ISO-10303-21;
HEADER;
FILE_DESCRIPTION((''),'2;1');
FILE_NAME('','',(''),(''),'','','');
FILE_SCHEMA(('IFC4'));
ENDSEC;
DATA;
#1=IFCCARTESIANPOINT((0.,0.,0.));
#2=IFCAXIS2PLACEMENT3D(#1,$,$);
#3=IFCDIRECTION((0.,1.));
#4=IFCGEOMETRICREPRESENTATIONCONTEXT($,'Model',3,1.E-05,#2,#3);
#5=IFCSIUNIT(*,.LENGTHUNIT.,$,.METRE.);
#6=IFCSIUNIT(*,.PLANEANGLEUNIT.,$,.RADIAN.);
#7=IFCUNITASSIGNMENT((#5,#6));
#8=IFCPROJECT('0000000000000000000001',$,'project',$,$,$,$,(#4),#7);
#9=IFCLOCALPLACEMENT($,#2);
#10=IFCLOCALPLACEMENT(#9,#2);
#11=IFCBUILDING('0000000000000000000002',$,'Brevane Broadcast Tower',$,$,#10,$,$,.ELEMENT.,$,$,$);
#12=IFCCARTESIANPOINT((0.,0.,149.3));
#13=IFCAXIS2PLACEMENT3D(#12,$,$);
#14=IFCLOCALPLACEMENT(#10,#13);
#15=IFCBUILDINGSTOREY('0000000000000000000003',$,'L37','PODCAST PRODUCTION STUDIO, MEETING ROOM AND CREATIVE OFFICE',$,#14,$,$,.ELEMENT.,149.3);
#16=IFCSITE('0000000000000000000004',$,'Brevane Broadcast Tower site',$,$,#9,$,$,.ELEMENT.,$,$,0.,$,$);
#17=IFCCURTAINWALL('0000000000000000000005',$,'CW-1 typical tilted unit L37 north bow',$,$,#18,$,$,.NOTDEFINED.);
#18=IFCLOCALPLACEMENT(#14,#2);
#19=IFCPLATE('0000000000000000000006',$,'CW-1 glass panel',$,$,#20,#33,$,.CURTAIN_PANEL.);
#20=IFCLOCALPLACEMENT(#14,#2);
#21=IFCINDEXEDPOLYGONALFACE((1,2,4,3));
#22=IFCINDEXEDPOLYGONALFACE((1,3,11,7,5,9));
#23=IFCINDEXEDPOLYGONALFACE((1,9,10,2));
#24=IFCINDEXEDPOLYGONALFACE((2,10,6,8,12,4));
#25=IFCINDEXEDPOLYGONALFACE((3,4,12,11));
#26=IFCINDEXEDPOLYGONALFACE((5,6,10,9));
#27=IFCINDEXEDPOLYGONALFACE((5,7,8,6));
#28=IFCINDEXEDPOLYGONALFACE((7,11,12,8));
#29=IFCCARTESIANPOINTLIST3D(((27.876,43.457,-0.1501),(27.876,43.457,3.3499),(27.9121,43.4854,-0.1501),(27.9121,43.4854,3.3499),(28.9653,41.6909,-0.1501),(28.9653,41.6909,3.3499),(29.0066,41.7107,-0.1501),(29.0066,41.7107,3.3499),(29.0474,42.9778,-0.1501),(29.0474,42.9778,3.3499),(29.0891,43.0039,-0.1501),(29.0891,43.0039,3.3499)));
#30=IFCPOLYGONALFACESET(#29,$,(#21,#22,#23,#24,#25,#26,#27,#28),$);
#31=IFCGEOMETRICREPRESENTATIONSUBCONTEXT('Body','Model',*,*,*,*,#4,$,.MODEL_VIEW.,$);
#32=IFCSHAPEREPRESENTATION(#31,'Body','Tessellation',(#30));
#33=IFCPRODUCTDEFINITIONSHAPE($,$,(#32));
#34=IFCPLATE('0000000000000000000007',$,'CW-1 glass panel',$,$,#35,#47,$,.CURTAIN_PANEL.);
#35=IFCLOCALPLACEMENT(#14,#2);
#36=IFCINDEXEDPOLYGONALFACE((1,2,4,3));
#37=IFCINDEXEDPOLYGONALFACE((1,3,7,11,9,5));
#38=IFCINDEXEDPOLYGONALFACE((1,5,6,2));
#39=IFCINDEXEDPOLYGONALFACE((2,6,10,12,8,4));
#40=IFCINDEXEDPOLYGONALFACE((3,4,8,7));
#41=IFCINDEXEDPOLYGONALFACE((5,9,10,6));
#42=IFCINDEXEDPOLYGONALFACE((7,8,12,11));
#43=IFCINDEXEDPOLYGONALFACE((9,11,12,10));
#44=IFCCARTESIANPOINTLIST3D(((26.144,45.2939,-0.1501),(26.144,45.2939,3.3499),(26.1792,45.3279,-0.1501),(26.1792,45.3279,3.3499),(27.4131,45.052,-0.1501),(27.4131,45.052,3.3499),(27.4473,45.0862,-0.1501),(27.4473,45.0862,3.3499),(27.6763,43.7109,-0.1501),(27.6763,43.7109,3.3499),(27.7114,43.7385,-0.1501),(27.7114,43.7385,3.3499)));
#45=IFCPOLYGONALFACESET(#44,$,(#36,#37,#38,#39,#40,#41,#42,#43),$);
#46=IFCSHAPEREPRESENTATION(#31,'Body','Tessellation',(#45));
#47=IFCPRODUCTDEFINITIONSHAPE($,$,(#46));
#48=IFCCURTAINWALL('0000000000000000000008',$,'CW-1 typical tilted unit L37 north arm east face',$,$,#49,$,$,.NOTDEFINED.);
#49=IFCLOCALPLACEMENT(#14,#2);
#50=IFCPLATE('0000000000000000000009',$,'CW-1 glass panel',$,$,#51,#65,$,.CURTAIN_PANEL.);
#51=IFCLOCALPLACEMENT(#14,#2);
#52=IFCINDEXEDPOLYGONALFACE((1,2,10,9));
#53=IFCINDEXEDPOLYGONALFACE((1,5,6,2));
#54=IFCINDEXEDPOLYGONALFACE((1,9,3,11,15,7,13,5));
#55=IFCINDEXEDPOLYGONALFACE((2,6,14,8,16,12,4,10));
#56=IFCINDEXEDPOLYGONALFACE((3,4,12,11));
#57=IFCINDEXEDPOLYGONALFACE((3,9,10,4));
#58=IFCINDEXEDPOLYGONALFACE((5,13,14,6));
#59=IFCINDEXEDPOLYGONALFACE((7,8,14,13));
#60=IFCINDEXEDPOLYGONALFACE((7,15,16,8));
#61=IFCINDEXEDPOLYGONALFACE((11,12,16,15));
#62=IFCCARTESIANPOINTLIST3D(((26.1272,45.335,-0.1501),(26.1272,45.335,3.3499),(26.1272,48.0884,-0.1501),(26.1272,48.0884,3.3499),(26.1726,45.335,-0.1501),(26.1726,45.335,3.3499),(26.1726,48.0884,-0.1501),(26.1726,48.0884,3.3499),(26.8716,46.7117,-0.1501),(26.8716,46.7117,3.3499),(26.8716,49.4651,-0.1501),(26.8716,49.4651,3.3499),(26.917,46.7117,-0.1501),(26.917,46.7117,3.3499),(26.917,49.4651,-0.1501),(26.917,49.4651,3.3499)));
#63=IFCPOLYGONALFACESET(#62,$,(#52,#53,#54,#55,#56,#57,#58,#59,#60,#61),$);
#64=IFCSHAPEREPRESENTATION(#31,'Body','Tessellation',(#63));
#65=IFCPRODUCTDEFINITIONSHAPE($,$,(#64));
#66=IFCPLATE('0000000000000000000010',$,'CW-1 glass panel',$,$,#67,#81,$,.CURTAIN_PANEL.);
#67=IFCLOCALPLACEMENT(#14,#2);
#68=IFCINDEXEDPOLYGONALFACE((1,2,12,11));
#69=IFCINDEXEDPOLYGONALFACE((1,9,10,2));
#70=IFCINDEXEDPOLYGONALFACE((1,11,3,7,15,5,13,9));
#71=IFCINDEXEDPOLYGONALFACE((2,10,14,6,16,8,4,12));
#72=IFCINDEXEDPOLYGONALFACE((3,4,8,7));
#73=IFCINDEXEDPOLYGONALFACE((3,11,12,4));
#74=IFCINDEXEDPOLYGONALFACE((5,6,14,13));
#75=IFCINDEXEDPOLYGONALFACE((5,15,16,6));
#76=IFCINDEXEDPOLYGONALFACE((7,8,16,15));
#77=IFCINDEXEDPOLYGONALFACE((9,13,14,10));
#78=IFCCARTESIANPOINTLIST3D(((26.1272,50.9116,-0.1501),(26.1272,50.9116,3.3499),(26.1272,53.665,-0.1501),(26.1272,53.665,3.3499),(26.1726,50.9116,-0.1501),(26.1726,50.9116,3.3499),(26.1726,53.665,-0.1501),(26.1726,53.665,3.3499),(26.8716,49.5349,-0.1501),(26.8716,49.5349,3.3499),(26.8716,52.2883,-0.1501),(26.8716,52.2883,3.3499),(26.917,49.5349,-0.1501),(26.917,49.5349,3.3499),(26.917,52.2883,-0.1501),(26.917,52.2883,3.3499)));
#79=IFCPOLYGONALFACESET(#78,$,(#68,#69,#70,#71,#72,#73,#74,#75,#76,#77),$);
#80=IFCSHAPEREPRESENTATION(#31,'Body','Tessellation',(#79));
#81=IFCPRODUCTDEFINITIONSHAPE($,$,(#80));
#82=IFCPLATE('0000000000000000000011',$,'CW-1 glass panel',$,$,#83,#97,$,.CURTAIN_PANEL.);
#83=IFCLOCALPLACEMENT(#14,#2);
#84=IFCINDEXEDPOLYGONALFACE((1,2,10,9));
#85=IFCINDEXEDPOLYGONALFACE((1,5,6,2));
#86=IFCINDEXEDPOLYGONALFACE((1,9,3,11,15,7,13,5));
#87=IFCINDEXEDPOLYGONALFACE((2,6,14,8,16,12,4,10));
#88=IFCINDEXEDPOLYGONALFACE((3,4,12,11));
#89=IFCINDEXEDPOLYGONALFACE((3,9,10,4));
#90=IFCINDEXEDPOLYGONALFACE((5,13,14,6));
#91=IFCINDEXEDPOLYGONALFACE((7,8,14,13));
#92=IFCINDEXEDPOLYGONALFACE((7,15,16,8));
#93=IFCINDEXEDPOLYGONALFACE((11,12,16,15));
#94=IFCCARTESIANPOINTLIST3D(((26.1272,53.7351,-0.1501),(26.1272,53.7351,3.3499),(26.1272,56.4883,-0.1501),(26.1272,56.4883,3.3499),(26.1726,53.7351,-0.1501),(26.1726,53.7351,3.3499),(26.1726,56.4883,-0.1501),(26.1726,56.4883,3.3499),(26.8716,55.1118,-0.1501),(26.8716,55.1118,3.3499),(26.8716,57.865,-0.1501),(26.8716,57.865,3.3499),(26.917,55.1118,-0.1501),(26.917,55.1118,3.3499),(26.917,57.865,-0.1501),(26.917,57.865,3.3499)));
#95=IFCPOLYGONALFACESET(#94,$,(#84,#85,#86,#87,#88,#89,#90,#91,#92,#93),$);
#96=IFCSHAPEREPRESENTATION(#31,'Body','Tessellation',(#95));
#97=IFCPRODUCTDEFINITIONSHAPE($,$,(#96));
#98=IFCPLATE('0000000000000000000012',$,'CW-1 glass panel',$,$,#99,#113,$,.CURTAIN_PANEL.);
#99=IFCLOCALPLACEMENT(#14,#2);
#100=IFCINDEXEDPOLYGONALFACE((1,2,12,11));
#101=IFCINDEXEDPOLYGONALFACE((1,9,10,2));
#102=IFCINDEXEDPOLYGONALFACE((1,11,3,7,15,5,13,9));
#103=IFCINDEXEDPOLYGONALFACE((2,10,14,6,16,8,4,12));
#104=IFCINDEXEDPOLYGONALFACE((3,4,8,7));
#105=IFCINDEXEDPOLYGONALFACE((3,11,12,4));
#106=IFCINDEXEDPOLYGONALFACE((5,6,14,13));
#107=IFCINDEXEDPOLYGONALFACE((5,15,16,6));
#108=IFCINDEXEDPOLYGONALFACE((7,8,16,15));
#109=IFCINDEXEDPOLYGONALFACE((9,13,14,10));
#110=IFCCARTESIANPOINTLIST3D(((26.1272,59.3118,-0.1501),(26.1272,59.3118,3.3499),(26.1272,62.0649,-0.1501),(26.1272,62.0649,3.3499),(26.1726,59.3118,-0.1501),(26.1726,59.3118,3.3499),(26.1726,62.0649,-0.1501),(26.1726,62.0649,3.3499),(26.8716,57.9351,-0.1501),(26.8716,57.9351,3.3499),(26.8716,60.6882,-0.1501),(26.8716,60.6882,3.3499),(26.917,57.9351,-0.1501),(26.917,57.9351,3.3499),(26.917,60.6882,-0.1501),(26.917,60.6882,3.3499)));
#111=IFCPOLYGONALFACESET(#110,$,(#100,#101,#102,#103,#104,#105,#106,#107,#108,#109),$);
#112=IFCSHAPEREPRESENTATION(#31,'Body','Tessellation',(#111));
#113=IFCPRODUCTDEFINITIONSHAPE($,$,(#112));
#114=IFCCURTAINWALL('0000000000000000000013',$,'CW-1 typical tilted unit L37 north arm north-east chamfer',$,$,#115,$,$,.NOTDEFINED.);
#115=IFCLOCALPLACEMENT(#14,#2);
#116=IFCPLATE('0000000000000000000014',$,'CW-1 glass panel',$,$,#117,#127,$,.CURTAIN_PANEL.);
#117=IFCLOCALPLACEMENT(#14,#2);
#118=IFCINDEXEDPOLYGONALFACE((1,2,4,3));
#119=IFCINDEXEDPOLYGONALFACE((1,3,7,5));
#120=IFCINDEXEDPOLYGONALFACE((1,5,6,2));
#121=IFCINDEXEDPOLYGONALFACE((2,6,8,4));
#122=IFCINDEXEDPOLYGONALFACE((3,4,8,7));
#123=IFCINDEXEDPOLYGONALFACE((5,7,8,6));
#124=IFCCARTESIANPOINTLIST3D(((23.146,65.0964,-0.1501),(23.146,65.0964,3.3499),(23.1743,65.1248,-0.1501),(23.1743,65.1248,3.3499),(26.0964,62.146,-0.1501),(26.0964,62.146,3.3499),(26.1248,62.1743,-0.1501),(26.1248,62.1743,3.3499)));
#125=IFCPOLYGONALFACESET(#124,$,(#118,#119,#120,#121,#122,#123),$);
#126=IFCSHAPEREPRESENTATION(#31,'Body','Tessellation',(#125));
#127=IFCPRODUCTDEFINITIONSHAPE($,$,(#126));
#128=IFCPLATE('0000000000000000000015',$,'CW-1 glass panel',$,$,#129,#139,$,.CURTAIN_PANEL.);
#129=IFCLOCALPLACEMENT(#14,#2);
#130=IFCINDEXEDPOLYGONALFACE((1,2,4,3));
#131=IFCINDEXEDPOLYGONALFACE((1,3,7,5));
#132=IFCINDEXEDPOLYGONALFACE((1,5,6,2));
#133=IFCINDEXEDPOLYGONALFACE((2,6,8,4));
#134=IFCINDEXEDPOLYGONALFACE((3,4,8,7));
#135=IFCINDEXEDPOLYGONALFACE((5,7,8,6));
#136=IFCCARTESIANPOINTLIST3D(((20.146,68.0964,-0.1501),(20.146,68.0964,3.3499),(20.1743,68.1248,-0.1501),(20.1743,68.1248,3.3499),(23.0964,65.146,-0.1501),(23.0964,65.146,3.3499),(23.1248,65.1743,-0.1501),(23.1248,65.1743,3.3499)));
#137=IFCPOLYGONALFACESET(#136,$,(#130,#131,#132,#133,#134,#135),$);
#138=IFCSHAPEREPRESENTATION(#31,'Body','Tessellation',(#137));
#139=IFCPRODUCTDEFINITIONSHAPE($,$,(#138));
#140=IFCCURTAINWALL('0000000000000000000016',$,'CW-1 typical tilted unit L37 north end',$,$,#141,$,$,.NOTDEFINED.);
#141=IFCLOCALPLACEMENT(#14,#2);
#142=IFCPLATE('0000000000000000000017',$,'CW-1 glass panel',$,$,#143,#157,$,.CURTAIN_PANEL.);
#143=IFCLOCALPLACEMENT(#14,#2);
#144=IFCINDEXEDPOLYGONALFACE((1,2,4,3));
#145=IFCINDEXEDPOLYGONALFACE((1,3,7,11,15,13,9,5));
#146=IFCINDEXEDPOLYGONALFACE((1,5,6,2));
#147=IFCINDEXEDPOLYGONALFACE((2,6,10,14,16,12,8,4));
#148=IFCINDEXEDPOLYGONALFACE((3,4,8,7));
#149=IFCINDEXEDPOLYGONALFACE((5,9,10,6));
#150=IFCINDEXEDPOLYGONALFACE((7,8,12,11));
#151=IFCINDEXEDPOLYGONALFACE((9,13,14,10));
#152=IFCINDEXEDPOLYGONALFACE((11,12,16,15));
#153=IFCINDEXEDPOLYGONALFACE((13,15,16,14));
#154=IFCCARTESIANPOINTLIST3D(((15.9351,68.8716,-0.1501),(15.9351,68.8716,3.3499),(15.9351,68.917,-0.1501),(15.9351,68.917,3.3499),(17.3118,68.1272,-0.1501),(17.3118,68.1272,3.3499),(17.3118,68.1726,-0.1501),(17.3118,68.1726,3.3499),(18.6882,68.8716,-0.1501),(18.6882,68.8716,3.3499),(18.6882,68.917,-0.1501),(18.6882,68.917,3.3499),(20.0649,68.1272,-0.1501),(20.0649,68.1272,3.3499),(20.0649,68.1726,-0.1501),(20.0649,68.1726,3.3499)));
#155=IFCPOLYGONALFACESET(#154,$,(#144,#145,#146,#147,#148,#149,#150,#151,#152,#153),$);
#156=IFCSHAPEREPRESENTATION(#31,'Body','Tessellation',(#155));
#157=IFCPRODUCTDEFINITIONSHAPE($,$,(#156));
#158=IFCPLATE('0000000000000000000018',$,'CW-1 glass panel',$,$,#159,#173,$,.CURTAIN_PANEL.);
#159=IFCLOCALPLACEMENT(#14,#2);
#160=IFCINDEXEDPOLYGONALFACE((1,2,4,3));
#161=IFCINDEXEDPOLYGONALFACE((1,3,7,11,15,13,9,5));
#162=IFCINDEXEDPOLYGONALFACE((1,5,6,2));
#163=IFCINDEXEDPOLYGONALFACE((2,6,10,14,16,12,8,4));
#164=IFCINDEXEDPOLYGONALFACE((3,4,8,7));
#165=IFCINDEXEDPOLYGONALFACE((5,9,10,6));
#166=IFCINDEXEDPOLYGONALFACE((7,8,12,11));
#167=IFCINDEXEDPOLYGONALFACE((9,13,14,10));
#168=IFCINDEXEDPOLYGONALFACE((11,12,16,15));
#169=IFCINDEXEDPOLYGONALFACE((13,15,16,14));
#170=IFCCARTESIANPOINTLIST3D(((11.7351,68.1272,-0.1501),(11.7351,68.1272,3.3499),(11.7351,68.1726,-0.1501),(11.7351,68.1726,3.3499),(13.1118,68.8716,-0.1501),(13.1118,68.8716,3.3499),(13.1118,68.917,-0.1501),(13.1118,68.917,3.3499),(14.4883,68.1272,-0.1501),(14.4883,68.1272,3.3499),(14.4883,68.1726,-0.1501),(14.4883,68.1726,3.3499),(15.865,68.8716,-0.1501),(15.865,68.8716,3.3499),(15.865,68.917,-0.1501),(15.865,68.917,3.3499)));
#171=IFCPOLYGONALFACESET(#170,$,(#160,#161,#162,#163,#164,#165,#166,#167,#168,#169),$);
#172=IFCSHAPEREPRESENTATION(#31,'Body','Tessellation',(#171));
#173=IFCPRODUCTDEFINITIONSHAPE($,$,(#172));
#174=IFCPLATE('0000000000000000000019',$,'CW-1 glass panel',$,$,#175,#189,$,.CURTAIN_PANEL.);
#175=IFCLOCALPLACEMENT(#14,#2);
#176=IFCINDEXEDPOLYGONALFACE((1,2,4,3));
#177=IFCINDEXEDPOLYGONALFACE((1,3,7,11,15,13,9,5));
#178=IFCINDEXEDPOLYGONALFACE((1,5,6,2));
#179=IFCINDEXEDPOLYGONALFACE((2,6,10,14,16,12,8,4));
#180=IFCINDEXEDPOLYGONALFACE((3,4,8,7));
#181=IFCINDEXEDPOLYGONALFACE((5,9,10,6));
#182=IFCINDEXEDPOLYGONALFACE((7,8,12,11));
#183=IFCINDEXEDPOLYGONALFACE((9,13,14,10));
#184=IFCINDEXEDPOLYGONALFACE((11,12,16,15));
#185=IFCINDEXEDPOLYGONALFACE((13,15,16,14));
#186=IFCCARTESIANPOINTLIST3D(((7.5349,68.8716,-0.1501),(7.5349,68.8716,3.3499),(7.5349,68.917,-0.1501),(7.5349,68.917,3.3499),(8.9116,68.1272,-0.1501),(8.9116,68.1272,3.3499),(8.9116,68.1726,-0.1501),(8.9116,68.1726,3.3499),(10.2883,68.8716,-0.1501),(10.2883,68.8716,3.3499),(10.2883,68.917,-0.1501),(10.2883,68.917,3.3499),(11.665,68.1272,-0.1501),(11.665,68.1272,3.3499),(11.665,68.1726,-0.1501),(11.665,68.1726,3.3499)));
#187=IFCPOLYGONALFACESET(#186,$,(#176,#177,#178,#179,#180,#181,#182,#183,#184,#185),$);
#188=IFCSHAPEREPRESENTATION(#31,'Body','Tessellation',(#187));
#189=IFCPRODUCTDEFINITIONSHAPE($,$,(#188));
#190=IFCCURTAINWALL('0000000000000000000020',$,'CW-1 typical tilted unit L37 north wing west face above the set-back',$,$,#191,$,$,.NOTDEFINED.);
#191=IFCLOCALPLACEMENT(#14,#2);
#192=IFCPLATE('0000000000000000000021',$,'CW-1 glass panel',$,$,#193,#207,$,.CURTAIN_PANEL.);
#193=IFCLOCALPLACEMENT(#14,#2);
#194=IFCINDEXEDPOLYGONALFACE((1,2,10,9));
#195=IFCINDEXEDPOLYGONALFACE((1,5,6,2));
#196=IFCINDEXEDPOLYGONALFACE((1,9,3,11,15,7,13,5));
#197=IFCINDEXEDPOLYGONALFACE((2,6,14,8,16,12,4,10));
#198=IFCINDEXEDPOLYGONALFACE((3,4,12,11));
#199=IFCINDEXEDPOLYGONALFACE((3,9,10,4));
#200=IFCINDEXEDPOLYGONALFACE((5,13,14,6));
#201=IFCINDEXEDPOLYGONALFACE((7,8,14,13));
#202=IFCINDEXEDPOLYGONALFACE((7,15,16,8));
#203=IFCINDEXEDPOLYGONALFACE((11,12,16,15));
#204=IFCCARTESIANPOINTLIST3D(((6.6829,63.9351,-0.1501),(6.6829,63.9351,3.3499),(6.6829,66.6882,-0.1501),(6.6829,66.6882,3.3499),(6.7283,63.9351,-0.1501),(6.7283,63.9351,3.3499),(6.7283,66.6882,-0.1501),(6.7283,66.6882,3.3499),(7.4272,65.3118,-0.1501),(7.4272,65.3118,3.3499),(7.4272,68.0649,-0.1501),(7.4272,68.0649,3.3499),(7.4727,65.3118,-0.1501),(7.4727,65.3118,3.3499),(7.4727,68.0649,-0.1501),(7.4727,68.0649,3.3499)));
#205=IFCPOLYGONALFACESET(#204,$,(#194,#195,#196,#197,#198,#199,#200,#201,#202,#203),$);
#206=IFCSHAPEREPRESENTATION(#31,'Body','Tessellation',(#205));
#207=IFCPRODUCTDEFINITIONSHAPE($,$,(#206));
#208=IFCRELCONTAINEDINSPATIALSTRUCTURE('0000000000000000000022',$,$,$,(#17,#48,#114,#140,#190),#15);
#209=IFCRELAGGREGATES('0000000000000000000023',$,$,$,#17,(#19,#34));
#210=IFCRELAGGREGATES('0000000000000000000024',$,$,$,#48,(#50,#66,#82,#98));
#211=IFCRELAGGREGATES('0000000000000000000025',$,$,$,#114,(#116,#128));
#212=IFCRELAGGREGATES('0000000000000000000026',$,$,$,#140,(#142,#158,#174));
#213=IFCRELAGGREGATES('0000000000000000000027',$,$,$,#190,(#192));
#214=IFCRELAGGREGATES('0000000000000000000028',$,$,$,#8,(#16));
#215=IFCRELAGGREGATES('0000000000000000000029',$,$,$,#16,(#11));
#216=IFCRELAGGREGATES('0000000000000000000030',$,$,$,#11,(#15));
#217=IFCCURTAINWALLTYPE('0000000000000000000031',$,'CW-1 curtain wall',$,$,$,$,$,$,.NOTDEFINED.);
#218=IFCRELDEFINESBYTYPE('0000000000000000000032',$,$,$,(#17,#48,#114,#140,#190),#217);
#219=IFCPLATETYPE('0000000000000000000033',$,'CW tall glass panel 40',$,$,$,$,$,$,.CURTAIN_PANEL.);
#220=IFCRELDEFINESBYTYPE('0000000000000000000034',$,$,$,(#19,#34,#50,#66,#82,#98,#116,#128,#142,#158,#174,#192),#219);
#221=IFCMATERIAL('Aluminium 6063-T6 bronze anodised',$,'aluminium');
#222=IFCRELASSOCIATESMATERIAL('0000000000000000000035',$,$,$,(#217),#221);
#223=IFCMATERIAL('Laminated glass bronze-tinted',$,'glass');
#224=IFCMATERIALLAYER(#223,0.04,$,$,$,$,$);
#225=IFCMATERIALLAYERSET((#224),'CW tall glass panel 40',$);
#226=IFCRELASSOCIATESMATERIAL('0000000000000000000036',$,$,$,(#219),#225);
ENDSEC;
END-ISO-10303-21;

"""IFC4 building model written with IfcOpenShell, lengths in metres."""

from ifc_helpers import new_model, si_unit, direction, frame, origin, place, context, subcontext, project, spatial, polyline, outline, extrude, material, layer, layer_set, type_object, element, aggregate, save


model = new_model("IFC4")

# Units and contexts
model_context = context("Model", 3, precision=1e-05, world=origin(), true_north=direction((0.0, 1.0)))
body_context = subcontext(model_context, "Body", "Model", "MODEL_VIEW")
ifc_project = project(units=[si_unit("LENGTHUNIT", "METRE"), si_unit("PLANEANGLEUNIT", "RADIAN")], contexts=[model_context])

# Site, building, storey
site_placement = place(None, origin())
site = spatial("IfcSite", under=ifc_project, at=site_placement, Name="Brevane Broadcast Tower site", CompositionType="ELEMENT", RefElevation=0.0)
building_placement = place(site_placement, origin())
building = spatial("IfcBuilding", under=site, at=building_placement, Name="Brevane Broadcast Tower", CompositionType="ELEMENT")
storey_placement = place(building_placement, frame((0.0, 0.0, 149.3)))
storey = spatial("IfcBuildingStorey", under=building, at=storey_placement, Name="L37", Description="PODCAST PRODUCTION STUDIO, MEETING ROOM AND CREATIVE OFFICE", CompositionType="ELEMENT", Elevation=149.3)

# Shared definitions
ifc_material_1 = material(Name="Aluminium 6063-T6 bronze anodised", Category="aluminium")
curtain_wall_type = type_object("IfcCurtainWallType", Name="CW-1 curtain wall", PredefinedType="NOTDEFINED", material=ifc_material_1)

# Curtain walls, plates
ifc_material_2 = material(Name="Laminated glass bronze-tinted", Category="glass")
ifc_layer = layer(ifc_material_2, 0.04)
ifc_layer_set = layer_set([ifc_layer], Name="CW tall glass panel 40")
plate_type = type_object("IfcPlateType", Name="CW tall glass panel 40", PredefinedType="CURTAIN_PANEL", material=ifc_layer_set)
curtain_wall_1_placement = place(storey_placement, origin())
curtain_wall_1 = element("IfcCurtainWall", 1, at=curtain_wall_1_placement, inside=storey, type_object=curtain_wall_type, Name="CW-1 typical tilted unit L37 north bow", PredefinedType="NOTDEFINED")
plate_1_placement = place(storey_placement, frame((0.0, 0.0, -0.1501)))
plate_1 = element("IfcPlate", 2, at=plate_1_placement, type_object=plate_type, Name="CW-1 glass panel", PredefinedType="CURTAIN_PANEL", context=body_context, shape_type="SweptSolid", body=[
    extrude(outline(polyline([(28.9653, 41.6909), (29.0066, 41.7107), (29.0891, 43.0039), (27.9121, 43.4854), (27.876, 43.457), (29.0474, 42.9778), (28.9653, 41.6909)])), origin(), (0.0, 0.0, 1.0), 3.5),
])
plate_2_placement = place(storey_placement, frame((0.0, 0.0, -0.1501)))
plate_2 = element("IfcPlate", 3, at=plate_2_placement, type_object=plate_type, Name="CW-1 glass panel", PredefinedType="CURTAIN_PANEL", context=body_context, shape_type="SweptSolid", body=[
    extrude(outline(polyline([(27.6763, 43.7109), (27.7114, 43.7385), (27.4473, 45.0862), (26.1792, 45.3279), (26.144, 45.2939), (27.4131, 45.052), (27.6763, 43.7109)])), origin(), (0.0, 0.0, 1.0), 3.5),
])
aggregate(curtain_wall_1, [plate_1, plate_2])
curtain_wall_2_placement = place(storey_placement, origin())
curtain_wall_2 = element("IfcCurtainWall", 4, at=curtain_wall_2_placement, inside=storey, type_object=curtain_wall_type, Name="CW-1 typical tilted unit L37 north arm east face", PredefinedType="NOTDEFINED")
plate_3_placement = place(storey_placement, frame((0.0, 0.0, -0.1501)))
plate_3 = element("IfcPlate", 5, at=plate_3_placement, type_object=plate_type, Name="CW-1 glass panel", PredefinedType="CURTAIN_PANEL", context=body_context, shape_type="SweptSolid", body=[
    extrude(outline(polyline([(26.1272, 45.335), (26.1726, 45.335), (26.917, 46.7117), (26.1726, 48.0884), (26.917, 49.4651), (26.8716, 49.4651), (26.1272, 48.0884), (26.8716, 46.7117), (26.1272, 45.335)])), origin(), (0.0, 0.0, 1.0), 3.5),
])
plate_4_placement = place(storey_placement, frame((0.0, 0.0, -0.1501)))
plate_4 = element("IfcPlate", 6, at=plate_4_placement, type_object=plate_type, Name="CW-1 glass panel", PredefinedType="CURTAIN_PANEL", context=body_context, shape_type="SweptSolid", body=[
    extrude(outline(polyline([(26.8716, 49.5349), (26.917, 49.5349), (26.1726, 50.9116), (26.917, 52.2883), (26.1726, 53.665), (26.1272, 53.665), (26.8716, 52.2883), (26.1272, 50.9116), (26.8716, 49.5349)])), origin(), (0.0, 0.0, 1.0), 3.5),
])
plate_5_placement = place(storey_placement, frame((0.0, 0.0, -0.1501)))
plate_5 = element("IfcPlate", 7, at=plate_5_placement, type_object=plate_type, Name="CW-1 glass panel", PredefinedType="CURTAIN_PANEL", context=body_context, shape_type="SweptSolid", body=[
    extrude(outline(polyline([(26.1272, 53.7351), (26.1726, 53.7351), (26.917, 55.1118), (26.1726, 56.4883), (26.917, 57.865), (26.8716, 57.865), (26.1272, 56.4883), (26.8716, 55.1118), (26.1272, 53.7351)])), origin(), (0.0, 0.0, 1.0), 3.5),
])
plate_6_placement = place(storey_placement, frame((0.0, 0.0, -0.1501)))
plate_6 = element("IfcPlate", 8, at=plate_6_placement, type_object=plate_type, Name="CW-1 glass panel", PredefinedType="CURTAIN_PANEL", context=body_context, shape_type="SweptSolid", body=[
    extrude(outline(polyline([(26.8716, 57.9351), (26.917, 57.9351), (26.1726, 59.3118), (26.917, 60.6882), (26.1726, 62.0649), (26.1272, 62.0649), (26.8716, 60.6882), (26.1272, 59.3118), (26.8716, 57.9351)])), origin(), (0.0, 0.0, 1.0), 3.5),
])
aggregate(curtain_wall_2, [plate_3, plate_4, plate_5, plate_6])
curtain_wall_3_placement = place(storey_placement, origin())
curtain_wall_3 = element("IfcCurtainWall", 9, at=curtain_wall_3_placement, inside=storey, type_object=curtain_wall_type, Name="CW-1 typical tilted unit L37 north arm north-east chamfer", PredefinedType="NOTDEFINED")
plate_7_placement = place(storey_placement, frame((0.0, 0.0, -0.1501)))
plate_7 = element("IfcPlate", 10, at=plate_7_placement, type_object=plate_type, Name="CW-1 glass panel", PredefinedType="CURTAIN_PANEL", context=body_context, shape_type="SweptSolid", body=[
    extrude(outline(polyline([(26.0964, 62.146), (23.146, 65.0964), (23.1743, 65.1248), (26.1248, 62.1743), (26.0964, 62.146)])), origin(), (0.0, 0.0, 1.0), 3.5),
])
plate_8_placement = place(storey_placement, frame((0.0, 0.0, -0.1501)))
plate_8 = element("IfcPlate", 11, at=plate_8_placement, type_object=plate_type, Name="CW-1 glass panel", PredefinedType="CURTAIN_PANEL", context=body_context, shape_type="SweptSolid", body=[
    extrude(outline(polyline([(23.0964, 65.146), (20.146, 68.0964), (20.1743, 68.1248), (23.1248, 65.1743), (23.0964, 65.146)])), origin(), (0.0, 0.0, 1.0), 3.5),
])
aggregate(curtain_wall_3, [plate_7, plate_8])
curtain_wall_4_placement = place(storey_placement, origin())
curtain_wall_4 = element("IfcCurtainWall", 12, at=curtain_wall_4_placement, inside=storey, type_object=curtain_wall_type, Name="CW-1 typical tilted unit L37 north end", PredefinedType="NOTDEFINED")
plate_9_placement = place(storey_placement, frame((0.0, 0.0, -0.1501)))
plate_9 = element("IfcPlate", 13, at=plate_9_placement, type_object=plate_type, Name="CW-1 glass panel", PredefinedType="CURTAIN_PANEL", context=body_context, shape_type="SweptSolid", body=[
    extrude(outline(polyline([(20.0649, 68.1272), (20.0649, 68.1726), (18.6882, 68.917), (17.3118, 68.1726), (15.9351, 68.917), (15.9351, 68.8716), (17.3118, 68.1272), (18.6882, 68.8716), (20.0649, 68.1272)])), origin(), (0.0, 0.0, 1.0), 3.5),
])
plate_10_placement = place(storey_placement, frame((0.0, 0.0, -0.1501)))
plate_10 = element("IfcPlate", 14, at=plate_10_placement, type_object=plate_type, Name="CW-1 glass panel", PredefinedType="CURTAIN_PANEL", context=body_context, shape_type="SweptSolid", body=[
    extrude(outline(polyline([(15.865, 68.8716), (15.865, 68.917), (14.4883, 68.1726), (13.1118, 68.917), (11.7351, 68.1726), (11.7351, 68.1272), (13.1118, 68.8716), (14.4883, 68.1272), (15.865, 68.8716)])), origin(), (0.0, 0.0, 1.0), 3.5),
])
plate_11_placement = place(storey_placement, frame((0.0, 0.0, -0.1501)))
plate_11 = element("IfcPlate", 15, at=plate_11_placement, type_object=plate_type, Name="CW-1 glass panel", PredefinedType="CURTAIN_PANEL", context=body_context, shape_type="SweptSolid", body=[
    extrude(outline(polyline([(11.665, 68.1272), (11.665, 68.1726), (10.2883, 68.917), (8.9116, 68.1726), (7.5349, 68.917), (7.5349, 68.8716), (8.9116, 68.1272), (10.2883, 68.8716), (11.665, 68.1272)])), origin(), (0.0, 0.0, 1.0), 3.5),
])
aggregate(curtain_wall_4, [plate_9, plate_10, plate_11])
curtain_wall_5_placement = place(storey_placement, origin())
curtain_wall_5 = element("IfcCurtainWall", 16, at=curtain_wall_5_placement, inside=storey, type_object=curtain_wall_type, Name="CW-1 typical tilted unit L37 north wing west face above the set-back", PredefinedType="NOTDEFINED")
plate_12_placement = place(storey_placement, frame((0.0, 0.0, -0.1501)))
plate_12 = element("IfcPlate", 17, at=plate_12_placement, type_object=plate_type, Name="CW-1 glass panel", PredefinedType="CURTAIN_PANEL", context=body_context, shape_type="SweptSolid", body=[
    extrude(outline(polyline([(7.4727, 68.0649), (7.4272, 68.0649), (6.6829, 66.6882), (7.4272, 65.3118), (6.6829, 63.9351), (6.7283, 63.9351), (7.4727, 65.3118), (6.7283, 66.6882), (7.4727, 68.0649)])), origin(), (0.0, 0.0, 1.0), 3.5),
])
aggregate(curtain_wall_5, [plate_12])

save(model, "model.ifc")
